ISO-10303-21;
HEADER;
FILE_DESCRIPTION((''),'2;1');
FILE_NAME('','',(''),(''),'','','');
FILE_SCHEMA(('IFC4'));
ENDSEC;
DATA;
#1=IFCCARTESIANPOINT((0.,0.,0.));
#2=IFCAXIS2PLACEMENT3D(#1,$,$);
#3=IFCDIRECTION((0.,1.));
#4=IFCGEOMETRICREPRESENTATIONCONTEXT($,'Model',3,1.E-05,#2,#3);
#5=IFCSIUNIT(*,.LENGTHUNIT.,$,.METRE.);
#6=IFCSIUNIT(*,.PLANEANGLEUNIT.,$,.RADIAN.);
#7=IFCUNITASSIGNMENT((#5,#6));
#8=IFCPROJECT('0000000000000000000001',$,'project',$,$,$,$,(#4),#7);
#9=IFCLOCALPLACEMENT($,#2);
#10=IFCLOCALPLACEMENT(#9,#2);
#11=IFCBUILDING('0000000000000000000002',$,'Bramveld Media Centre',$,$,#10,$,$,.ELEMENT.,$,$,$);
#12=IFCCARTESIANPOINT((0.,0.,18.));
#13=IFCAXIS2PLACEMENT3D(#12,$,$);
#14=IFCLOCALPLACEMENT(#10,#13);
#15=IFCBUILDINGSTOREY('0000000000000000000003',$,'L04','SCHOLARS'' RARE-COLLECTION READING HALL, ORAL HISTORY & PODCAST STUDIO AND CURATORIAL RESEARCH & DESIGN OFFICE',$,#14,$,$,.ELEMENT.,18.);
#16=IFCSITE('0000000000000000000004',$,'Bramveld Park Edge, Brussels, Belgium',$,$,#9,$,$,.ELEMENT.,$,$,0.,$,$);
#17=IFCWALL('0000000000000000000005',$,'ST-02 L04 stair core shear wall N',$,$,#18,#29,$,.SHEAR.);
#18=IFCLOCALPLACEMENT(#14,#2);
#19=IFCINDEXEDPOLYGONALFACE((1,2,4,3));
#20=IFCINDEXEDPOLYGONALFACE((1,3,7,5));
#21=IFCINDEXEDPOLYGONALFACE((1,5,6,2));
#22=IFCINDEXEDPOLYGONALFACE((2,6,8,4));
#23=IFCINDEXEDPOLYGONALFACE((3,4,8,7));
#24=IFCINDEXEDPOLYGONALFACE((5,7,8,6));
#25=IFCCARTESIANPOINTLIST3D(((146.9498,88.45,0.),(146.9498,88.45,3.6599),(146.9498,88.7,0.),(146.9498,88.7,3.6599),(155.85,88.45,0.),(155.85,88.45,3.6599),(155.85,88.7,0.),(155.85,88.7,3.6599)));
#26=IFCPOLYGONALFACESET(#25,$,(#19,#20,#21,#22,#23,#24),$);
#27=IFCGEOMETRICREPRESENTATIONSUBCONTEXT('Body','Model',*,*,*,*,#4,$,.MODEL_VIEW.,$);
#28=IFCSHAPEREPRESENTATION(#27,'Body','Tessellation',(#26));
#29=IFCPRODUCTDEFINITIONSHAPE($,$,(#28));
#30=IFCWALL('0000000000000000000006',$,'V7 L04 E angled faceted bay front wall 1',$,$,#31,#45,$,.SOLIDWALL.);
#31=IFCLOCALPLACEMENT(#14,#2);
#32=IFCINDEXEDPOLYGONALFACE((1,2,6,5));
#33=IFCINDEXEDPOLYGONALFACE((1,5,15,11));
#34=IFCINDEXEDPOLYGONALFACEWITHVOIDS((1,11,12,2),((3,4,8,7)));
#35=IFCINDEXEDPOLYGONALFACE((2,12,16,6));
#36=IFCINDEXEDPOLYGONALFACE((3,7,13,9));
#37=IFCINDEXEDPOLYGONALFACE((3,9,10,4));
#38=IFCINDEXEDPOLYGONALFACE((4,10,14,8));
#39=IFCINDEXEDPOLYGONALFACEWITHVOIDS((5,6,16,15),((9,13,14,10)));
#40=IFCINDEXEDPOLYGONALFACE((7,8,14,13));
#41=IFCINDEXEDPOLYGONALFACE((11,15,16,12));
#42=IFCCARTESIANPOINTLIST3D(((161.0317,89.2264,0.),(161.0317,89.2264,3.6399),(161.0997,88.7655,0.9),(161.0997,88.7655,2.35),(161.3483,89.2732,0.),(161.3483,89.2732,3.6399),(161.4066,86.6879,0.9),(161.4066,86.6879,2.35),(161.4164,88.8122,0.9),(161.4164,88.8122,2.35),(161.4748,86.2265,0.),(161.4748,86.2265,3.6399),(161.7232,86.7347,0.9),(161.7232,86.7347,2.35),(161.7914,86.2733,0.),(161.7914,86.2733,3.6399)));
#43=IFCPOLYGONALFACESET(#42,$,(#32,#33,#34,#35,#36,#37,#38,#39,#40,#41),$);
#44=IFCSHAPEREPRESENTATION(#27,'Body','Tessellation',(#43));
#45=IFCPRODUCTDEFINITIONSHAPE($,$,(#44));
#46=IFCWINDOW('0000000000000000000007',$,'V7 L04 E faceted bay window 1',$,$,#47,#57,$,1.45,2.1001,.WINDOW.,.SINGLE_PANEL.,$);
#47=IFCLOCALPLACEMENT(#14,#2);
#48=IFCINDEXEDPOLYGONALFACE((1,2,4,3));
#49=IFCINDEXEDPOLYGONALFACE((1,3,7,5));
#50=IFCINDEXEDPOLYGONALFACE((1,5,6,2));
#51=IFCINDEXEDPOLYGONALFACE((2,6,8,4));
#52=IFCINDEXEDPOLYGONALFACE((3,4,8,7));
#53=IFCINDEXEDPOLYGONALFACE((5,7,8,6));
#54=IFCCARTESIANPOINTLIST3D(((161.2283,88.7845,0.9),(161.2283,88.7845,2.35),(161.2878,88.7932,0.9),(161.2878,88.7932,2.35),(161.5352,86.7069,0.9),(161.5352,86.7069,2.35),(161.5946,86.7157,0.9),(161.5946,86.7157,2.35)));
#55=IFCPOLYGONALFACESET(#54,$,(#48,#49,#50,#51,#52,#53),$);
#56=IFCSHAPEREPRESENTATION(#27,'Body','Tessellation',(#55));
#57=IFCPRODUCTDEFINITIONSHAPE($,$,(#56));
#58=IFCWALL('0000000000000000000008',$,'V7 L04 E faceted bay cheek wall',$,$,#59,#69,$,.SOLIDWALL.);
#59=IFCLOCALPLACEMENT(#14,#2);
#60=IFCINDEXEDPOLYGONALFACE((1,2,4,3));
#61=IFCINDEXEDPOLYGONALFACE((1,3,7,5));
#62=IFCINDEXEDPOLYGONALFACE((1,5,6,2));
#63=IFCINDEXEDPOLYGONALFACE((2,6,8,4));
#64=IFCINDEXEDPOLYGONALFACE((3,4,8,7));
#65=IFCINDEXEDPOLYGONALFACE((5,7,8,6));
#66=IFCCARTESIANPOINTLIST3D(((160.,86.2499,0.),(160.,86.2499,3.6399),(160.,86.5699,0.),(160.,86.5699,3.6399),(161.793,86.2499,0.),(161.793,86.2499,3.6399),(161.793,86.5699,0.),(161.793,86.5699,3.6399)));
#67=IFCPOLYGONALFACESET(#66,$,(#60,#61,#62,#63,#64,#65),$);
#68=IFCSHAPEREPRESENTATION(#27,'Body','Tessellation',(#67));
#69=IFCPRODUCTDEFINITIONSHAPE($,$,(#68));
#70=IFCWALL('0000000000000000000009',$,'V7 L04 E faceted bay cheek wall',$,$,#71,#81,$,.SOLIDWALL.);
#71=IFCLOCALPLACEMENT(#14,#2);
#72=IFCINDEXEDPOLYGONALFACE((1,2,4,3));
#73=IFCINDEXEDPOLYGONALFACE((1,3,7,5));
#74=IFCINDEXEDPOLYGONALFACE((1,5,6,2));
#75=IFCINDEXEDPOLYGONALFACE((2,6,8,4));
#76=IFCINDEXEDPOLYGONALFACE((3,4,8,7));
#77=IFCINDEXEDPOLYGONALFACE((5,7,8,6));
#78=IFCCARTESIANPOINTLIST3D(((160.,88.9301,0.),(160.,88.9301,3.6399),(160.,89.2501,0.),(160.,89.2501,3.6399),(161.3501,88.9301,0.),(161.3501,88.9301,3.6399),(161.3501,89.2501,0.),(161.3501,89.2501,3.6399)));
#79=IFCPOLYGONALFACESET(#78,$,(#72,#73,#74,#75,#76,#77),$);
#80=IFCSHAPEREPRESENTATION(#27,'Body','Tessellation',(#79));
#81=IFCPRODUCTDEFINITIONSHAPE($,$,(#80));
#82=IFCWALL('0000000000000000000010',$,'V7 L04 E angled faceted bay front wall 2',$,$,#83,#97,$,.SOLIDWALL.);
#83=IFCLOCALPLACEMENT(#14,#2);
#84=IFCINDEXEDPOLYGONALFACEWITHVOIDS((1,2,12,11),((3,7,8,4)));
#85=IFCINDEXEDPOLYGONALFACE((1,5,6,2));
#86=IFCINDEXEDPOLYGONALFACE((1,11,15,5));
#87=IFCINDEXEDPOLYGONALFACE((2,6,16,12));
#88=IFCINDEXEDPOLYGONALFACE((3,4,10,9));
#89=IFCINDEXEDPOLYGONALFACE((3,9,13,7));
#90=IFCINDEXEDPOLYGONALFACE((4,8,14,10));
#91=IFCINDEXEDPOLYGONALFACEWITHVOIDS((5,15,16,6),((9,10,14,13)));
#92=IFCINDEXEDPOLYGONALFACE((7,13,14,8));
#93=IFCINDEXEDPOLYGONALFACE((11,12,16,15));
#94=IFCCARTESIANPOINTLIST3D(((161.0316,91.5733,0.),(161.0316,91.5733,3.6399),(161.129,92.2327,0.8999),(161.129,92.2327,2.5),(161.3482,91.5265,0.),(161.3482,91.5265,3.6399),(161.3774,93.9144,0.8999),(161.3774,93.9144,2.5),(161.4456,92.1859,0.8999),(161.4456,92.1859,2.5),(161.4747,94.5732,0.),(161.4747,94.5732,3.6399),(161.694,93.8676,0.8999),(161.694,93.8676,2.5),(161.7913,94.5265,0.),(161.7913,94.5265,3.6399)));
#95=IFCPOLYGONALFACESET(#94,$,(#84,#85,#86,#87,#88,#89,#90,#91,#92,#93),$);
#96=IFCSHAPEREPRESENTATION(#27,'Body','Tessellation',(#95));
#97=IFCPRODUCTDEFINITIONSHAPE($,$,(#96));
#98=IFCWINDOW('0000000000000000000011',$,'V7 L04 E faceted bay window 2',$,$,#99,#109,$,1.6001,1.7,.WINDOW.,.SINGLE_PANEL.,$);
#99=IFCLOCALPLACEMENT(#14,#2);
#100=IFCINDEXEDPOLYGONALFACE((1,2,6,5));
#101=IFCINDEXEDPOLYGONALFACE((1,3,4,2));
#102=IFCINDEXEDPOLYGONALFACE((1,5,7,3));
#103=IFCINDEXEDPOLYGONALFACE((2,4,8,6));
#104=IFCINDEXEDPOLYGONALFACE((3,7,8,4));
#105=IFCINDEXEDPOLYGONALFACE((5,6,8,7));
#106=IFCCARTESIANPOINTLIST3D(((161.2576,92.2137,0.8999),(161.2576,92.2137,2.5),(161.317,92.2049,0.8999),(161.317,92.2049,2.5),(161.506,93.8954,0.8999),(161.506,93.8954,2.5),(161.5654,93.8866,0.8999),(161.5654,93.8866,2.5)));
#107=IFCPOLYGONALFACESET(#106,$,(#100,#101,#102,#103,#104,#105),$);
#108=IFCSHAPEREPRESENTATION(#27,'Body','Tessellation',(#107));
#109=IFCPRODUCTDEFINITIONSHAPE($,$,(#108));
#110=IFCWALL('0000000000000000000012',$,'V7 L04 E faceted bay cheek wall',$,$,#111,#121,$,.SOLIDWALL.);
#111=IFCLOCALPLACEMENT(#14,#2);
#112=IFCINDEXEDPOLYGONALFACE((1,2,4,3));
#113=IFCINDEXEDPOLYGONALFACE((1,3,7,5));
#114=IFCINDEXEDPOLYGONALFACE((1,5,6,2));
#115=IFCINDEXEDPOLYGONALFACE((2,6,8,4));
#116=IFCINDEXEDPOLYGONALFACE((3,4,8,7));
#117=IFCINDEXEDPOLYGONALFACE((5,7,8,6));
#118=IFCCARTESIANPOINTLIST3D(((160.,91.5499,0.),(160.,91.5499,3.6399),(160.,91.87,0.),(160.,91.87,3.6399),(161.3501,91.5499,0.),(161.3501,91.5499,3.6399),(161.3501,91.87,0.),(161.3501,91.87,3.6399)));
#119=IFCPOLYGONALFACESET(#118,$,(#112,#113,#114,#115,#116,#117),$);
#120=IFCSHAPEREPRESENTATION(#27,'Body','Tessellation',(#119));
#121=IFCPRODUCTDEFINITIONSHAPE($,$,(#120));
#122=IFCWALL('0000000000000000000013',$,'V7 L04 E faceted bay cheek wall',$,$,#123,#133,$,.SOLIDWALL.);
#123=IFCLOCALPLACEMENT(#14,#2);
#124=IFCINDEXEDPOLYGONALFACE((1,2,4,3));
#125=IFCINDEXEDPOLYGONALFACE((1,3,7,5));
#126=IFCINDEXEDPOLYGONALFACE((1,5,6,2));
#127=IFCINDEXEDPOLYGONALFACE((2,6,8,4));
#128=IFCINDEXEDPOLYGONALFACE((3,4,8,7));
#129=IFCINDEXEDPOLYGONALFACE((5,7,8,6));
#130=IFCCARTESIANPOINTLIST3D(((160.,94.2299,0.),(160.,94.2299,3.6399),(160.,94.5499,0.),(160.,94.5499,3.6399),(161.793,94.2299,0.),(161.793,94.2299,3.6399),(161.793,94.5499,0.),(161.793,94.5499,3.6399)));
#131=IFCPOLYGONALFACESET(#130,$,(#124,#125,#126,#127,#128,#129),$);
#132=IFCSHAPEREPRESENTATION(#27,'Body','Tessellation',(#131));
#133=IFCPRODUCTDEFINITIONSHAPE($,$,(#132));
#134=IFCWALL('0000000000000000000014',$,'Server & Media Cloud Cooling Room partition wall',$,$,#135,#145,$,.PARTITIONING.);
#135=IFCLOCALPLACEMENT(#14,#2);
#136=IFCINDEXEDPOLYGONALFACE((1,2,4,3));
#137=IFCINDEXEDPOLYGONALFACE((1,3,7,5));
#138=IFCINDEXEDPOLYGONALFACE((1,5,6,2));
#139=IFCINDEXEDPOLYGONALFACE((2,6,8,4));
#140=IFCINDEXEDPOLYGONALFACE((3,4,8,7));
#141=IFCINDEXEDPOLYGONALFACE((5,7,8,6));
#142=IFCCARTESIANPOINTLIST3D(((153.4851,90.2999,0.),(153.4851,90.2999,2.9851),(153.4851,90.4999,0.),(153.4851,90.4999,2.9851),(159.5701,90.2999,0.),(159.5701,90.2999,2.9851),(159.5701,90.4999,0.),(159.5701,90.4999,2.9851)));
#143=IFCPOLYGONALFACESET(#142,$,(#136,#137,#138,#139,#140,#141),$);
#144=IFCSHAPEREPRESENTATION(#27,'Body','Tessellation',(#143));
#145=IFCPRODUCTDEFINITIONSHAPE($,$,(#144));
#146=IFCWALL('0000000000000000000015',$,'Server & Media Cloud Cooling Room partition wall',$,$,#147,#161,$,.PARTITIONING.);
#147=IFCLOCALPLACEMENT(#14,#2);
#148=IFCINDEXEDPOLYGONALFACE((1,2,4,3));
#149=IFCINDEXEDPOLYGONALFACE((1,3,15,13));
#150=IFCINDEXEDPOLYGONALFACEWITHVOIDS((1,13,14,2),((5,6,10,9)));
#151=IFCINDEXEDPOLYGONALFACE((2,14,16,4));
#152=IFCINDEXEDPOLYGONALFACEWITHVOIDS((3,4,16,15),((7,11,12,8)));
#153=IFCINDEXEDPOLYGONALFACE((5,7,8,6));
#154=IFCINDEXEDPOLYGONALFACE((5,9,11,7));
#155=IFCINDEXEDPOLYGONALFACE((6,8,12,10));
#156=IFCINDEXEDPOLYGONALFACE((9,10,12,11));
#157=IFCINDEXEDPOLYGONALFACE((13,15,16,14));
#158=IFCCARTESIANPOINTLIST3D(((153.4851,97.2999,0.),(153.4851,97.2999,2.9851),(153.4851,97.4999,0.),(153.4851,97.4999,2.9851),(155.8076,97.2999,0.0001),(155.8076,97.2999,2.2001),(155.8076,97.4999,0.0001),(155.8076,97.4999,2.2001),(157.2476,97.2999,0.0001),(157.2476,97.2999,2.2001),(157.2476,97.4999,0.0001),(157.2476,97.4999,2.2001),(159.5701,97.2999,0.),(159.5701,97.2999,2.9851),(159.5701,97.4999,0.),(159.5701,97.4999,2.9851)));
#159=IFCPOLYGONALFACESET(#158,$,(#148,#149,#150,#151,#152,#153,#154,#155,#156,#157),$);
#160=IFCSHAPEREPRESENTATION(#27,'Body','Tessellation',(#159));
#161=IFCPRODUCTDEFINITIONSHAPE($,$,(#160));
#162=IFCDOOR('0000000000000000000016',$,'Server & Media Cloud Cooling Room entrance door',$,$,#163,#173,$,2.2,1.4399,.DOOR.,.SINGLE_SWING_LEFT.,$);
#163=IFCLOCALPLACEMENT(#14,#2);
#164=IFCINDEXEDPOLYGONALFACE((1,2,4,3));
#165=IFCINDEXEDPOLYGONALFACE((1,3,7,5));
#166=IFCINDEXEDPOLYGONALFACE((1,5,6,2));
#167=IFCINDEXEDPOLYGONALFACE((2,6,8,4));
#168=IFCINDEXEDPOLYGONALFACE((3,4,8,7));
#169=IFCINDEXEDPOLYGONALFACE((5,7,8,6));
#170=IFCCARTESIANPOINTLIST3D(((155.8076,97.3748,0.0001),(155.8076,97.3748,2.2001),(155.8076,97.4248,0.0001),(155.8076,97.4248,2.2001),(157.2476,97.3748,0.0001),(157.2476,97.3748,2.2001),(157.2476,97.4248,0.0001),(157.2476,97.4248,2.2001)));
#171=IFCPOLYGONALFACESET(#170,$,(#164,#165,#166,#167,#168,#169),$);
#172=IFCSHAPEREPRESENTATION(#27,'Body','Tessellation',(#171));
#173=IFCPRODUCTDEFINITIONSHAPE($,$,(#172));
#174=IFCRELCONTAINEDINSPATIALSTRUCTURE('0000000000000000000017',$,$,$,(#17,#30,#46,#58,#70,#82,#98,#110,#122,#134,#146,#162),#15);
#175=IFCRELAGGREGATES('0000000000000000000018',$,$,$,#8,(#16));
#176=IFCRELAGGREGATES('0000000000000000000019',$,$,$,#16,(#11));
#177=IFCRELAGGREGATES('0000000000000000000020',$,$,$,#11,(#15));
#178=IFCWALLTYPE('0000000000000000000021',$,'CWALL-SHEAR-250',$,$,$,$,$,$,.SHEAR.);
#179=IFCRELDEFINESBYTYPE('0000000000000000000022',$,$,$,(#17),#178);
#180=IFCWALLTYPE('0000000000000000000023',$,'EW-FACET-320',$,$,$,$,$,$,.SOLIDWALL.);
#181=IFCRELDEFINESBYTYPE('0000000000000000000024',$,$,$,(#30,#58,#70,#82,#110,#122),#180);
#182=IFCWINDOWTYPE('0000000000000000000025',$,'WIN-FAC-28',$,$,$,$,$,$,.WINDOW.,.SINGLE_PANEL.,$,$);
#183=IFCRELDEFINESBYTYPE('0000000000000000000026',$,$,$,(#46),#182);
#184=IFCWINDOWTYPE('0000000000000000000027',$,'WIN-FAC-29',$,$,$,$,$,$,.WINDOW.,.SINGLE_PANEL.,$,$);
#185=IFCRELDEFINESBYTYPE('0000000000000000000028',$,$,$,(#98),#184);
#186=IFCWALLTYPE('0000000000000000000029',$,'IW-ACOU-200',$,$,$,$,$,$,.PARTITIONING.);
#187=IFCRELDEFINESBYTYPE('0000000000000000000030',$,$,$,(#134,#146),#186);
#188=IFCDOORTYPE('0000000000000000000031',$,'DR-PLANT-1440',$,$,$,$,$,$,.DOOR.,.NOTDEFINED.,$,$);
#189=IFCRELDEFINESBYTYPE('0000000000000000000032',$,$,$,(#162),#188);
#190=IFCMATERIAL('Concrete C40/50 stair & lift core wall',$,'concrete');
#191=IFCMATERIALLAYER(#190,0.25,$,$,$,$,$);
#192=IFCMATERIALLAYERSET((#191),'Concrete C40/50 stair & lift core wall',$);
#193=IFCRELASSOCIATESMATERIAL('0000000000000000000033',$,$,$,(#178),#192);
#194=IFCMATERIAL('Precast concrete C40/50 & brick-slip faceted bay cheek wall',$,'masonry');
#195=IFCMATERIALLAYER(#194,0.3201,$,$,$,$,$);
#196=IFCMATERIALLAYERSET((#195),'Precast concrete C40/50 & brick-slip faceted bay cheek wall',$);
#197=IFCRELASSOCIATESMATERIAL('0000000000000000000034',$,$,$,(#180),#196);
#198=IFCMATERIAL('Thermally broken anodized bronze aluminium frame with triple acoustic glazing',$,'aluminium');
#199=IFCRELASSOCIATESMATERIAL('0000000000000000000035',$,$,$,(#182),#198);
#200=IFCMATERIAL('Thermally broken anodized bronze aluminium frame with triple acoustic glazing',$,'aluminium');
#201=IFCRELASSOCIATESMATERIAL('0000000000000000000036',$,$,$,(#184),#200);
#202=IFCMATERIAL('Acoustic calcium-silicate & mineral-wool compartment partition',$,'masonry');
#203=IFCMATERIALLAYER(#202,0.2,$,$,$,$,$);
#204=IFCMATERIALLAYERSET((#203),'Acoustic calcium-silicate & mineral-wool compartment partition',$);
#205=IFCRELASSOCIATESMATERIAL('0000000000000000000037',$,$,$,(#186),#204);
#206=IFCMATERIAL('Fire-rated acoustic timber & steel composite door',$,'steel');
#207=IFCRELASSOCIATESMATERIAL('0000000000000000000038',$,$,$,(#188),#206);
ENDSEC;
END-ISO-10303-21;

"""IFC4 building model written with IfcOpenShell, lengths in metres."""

from ifc_helpers import new_model, si_unit, direction, frame, frame_2d, origin, place, context, subcontext, project, spatial, rectangle, extrude, material, layer, layer_set, type_object, element, fill, save


model = new_model("IFC4")

# Units and contexts
model_context = context("Model", 3, precision=1e-05, world=origin(), true_north=direction((0.0, 1.0)))
body_context = subcontext(model_context, "Body", "Model", "MODEL_VIEW")
ifc_project = project(units=[si_unit("LENGTHUNIT", "METRE"), si_unit("PLANEANGLEUNIT", "RADIAN")], contexts=[model_context])

# Site, building, storey
site_placement = place(None, origin())
site = spatial("IfcSite", under=ifc_project, at=site_placement, Name="Bramveld Park Edge, Brussels, Belgium", CompositionType="ELEMENT", RefElevation=0.0)
building_placement = place(site_placement, origin())
building = spatial("IfcBuilding", under=site, at=building_placement, Name="Bramveld Media Centre", CompositionType="ELEMENT")
storey_placement = place(building_placement, frame((0.0, 0.0, 18.0)))
storey = spatial("IfcBuildingStorey", under=building, at=storey_placement, Name="L04", Description="SCHOLARS' RARE-COLLECTION READING HALL, ORAL HISTORY & PODCAST STUDIO AND CURATORIAL RESEARCH & DESIGN OFFICE", CompositionType="ELEMENT", Elevation=18.0)

# Wall
ifc_material_1 = material(Name="Concrete C40/50 stair & lift core wall", Category="concrete")
ifc_layer_1 = layer(ifc_material_1, 0.25)
ifc_layer_set_1 = layer_set([ifc_layer_1], Name="Concrete C40/50 stair & lift core wall")
wall_type_1 = type_object("IfcWallType", Name="CWALL-SHEAR-250", PredefinedType="SHEAR", material=ifc_layer_set_1)
wall_1_placement = place(storey_placement, frame((155.8501, 88.575, 0.0), z_axis=(0.0, 0.0, 1.0), x_axis=(-1.0, 0.0, 0.0)))
element("IfcWall", 1, at=wall_1_placement, inside=storey, type_object=wall_type_1, Name="ST-02 L04 stair core shear wall N", PredefinedType="SHEAR", context=body_context, shape_type="SweptSolid", body=[
    extrude(rectangle(XDim=8.9001, YDim=0.25, at=frame_2d((4.4502, 0.0))), origin(), (0.0, 0.0, 1.0), 3.6599),
])

# Wall, opening, window
ifc_material_2 = material(Name="Precast concrete C40/50 & brick-slip faceted bay cheek wall", Category="masonry")
ifc_layer_2 = layer(ifc_material_2, 0.3201)
ifc_layer_set_2 = layer_set([ifc_layer_2], Name="Precast concrete C40/50 & brick-slip faceted bay cheek wall")
wall_type_2 = type_object("IfcWallType", Name="EW-FACET-320", PredefinedType="SOLIDWALL", material=ifc_layer_set_2)
wall_2_placement = place(storey_placement, frame((161.6331, 86.25, 0.0), z_axis=(0.0, 0.0, 1.0), x_axis=(-0.14612, 0.989267, 0.0)))
wall_2 = element("IfcWall", 2, at=wall_2_placement, inside=storey, type_object=wall_type_2, Name="V7 L04 E angled faceted bay front wall 1", PredefinedType="SOLIDWALL", context=body_context, shape_type="SweptSolid", body=[
    extrude(rectangle(XDim=3.0325, YDim=0.3201, at=frame_2d((1.5161, 0.0))), origin(), (0.0, 0.0, 1.0), 3.6399),
])
opening_1_placement = place(wall_2_placement, frame((0.4663, 0.0, 0.8999)))
opening_1 = element("IfcOpeningElement", 3, at=opening_1_placement, cuts=wall_2, PredefinedType="OPENING", context=body_context, shape_type="SweptSolid", body=[
    extrude(rectangle(XDim=2.1001, YDim=1.45, at=frame_2d((1.05, 0.7251))), frame((0.0, 0.1719, 0.0), z_axis=(0.0, -1.0, 0.0), x_axis=(1.0, 0.0, 0.0)), (0.0, 0.0, 1.0), 0.344),
])
ifc_material_3 = material(Name="Thermally broken anodized bronze aluminium frame with triple acoustic glazing", Category="aluminium")
window_type_1 = type_object("IfcWindowType", Name="WIN-FAC-28", PartitioningType="SINGLE_PANEL", PredefinedType="WINDOW", material=ifc_material_3)
window_1_placement = place(opening_1_placement, origin())
window_1 = element("IfcWindow", 4, at=window_1_placement, inside=storey, type_object=window_type_1, Name="V7 L04 E faceted bay window 1", OverallHeight=1.45, OverallWidth=2.1001, PartitioningType="SINGLE_PANEL", PredefinedType="WINDOW", context=body_context, shape_type="SweptSolid", body=[
    extrude(rectangle(XDim=2.1001, YDim=1.45, at=frame_2d((1.05, 0.7251))), frame((0.0, 0.03, 0.0), z_axis=(0.0, -1.0, 0.0), x_axis=(1.0, 0.0, 0.0)), (0.0, 0.0, 1.0), 0.0601),
])
fill(opening_1, window_1)

# Walls
wall_3_placement = place(storey_placement, frame((160.0, 86.4099, 0.0), z_axis=(0.0, 0.0, 1.0), x_axis=(1.0, 0.0, 0.0)))
element("IfcWall", 5, at=wall_3_placement, inside=storey, type_object=wall_type_2, Name="V7 L04 E faceted bay cheek wall", PredefinedType="SOLIDWALL", context=body_context, shape_type="SweptSolid", body=[
    extrude(rectangle(XDim=1.793, YDim=0.3201, at=frame_2d((0.8965, 0.0))), origin(), (0.0, 0.0, 1.0), 3.6399),
])
wall_4_placement = place(storey_placement, frame((160.0, 89.0901, 0.0), z_axis=(0.0, 0.0, 1.0), x_axis=(1.0, 0.0, 0.0)))
element("IfcWall", 6, at=wall_4_placement, inside=storey, type_object=wall_type_2, Name="V7 L04 E faceted bay cheek wall", PredefinedType="SOLIDWALL", context=body_context, shape_type="SweptSolid", body=[
    extrude(rectangle(XDim=1.3501, YDim=0.3201, at=frame_2d((0.675, 0.0))), origin(), (0.0, 0.0, 1.0), 3.6399),
])

# Wall, opening, window
wall_5_placement = place(storey_placement, frame((161.1899, 91.55, 0.0), z_axis=(0.0, 0.0, 1.0), x_axis=(0.14612, 0.989267, 0.0)))
wall_5 = element("IfcWall", 7, at=wall_5_placement, inside=storey, type_object=wall_type_2, Name="V7 L04 E angled faceted bay front wall 2", PredefinedType="SOLIDWALL", context=body_context, shape_type="SweptSolid", body=[
    extrude(rectangle(XDim=3.0325, YDim=0.3201, at=frame_2d((1.5161, 0.0))), origin(), (0.0, 0.0, 1.0), 3.6399),
])
opening_2_placement = place(wall_5_placement, frame((0.6663, 0.0, 0.8999)))
opening_2 = element("IfcOpeningElement", 8, at=opening_2_placement, cuts=wall_5, PredefinedType="OPENING", context=body_context, shape_type="SweptSolid", body=[
    extrude(rectangle(XDim=1.7, YDim=1.6001, at=frame_2d((0.8501, 0.8))), frame((0.0, 0.1719, 0.0), z_axis=(0.0, -1.0, 0.0), x_axis=(1.0, 0.0, 0.0)), (0.0, 0.0, 1.0), 0.344),
])
ifc_material_4 = material(Name="Thermally broken anodized bronze aluminium frame with triple acoustic glazing", Category="aluminium")
window_type_2 = type_object("IfcWindowType", Name="WIN-FAC-29", PartitioningType="SINGLE_PANEL", PredefinedType="WINDOW", material=ifc_material_4)
window_2_placement = place(opening_2_placement, origin())
window_2 = element("IfcWindow", 9, at=window_2_placement, inside=storey, type_object=window_type_2, Name="V7 L04 E faceted bay window 2", OverallHeight=1.6001, OverallWidth=1.7, PartitioningType="SINGLE_PANEL", PredefinedType="WINDOW", context=body_context, shape_type="SweptSolid", body=[
    extrude(rectangle(XDim=1.7, YDim=1.6001, at=frame_2d((0.8501, 0.8))), frame((0.0, 0.03, 0.0), z_axis=(0.0, -1.0, 0.0), x_axis=(1.0, 0.0, 0.0)), (0.0, 0.0, 1.0), 0.0601),
])
fill(opening_2, window_2)

# Walls
wall_6_placement = place(storey_placement, frame((160.0, 91.71, 0.0), z_axis=(0.0, 0.0, 1.0), x_axis=(1.0, 0.0, 0.0)))
element("IfcWall", 10, at=wall_6_placement, inside=storey, type_object=wall_type_2, Name="V7 L04 E faceted bay cheek wall", PredefinedType="SOLIDWALL", context=body_context, shape_type="SweptSolid", body=[
    extrude(rectangle(XDim=1.3501, YDim=0.3201, at=frame_2d((0.675, 0.0))), origin(), (0.0, 0.0, 1.0), 3.6399),
])
wall_7_placement = place(storey_placement, frame((160.0, 94.3899, 0.0), z_axis=(0.0, 0.0, 1.0), x_axis=(1.0, 0.0, 0.0)))
element("IfcWall", 11, at=wall_7_placement, inside=storey, type_object=wall_type_2, Name="V7 L04 E faceted bay cheek wall", PredefinedType="SOLIDWALL", context=body_context, shape_type="SweptSolid", body=[
    extrude(rectangle(XDim=1.793, YDim=0.3201, at=frame_2d((0.8965, 0.0))), origin(), (0.0, 0.0, 1.0), 3.6399),
])
ifc_material_5 = material(Name="Acoustic calcium-silicate & mineral-wool compartment partition", Category="masonry")
ifc_layer_3 = layer(ifc_material_5, 0.2)
ifc_layer_set_3 = layer_set([ifc_layer_3], Name="Acoustic calcium-silicate & mineral-wool compartment partition")
wall_type_3 = type_object("IfcWallType", Name="IW-ACOU-200", PredefinedType="PARTITIONING", material=ifc_layer_set_3)
wall_8_placement = place(storey_placement, frame((153.4851, 90.3999, 0.0), z_axis=(0.0, 0.0, 1.0), x_axis=(1.0, 0.0, 0.0)))
element("IfcWall", 12, at=wall_8_placement, inside=storey, type_object=wall_type_3, Name="Server & Media Cloud Cooling Room partition wall", PredefinedType="PARTITIONING", context=body_context, shape_type="SweptSolid", body=[
    extrude(rectangle(XDim=6.085, YDim=0.2, at=frame_2d((3.0425, 0.0))), origin(), (0.0, 0.0, 1.0), 2.9851),
])

# Wall, opening, door
wall_9_placement = place(storey_placement, frame((153.4851, 97.3999, 0.0), z_axis=(0.0, 0.0, 1.0), x_axis=(1.0, 0.0, 0.0)))
wall_9 = element("IfcWall", 13, at=wall_9_placement, inside=storey, type_object=wall_type_3, Name="Server & Media Cloud Cooling Room partition wall", PredefinedType="PARTITIONING", context=body_context, shape_type="SweptSolid", body=[
    extrude(rectangle(XDim=6.085, YDim=0.2, at=frame_2d((3.0425, 0.0))), origin(), (0.0, 0.0, 1.0), 2.9851),
])
opening_3_placement = place(wall_9_placement, frame((2.3225, 0.0, 0.0)))
opening_3 = element("IfcOpeningElement", 14, at=opening_3_placement, cuts=wall_9, PredefinedType="OPENING", context=body_context, shape_type="SweptSolid", body=[
    extrude(rectangle(XDim=1.4399, YDim=2.2, at=frame_2d((0.72, 1.1001))), frame((0.0, 0.1118, 0.0), z_axis=(0.0, -1.0, 0.0), x_axis=(1.0, 0.0, 0.0)), (0.0, 0.0, 1.0), 0.2239),
])
ifc_material_6 = material(Name="Fire-rated acoustic timber & steel composite door", Category="steel")
door_type_1 = type_object("IfcDoorType", Name="DR-PLANT-1440", OperationType="NOTDEFINED", PredefinedType="DOOR", material=ifc_material_6)
door_1_placement = place(opening_3_placement, origin())
door_1 = element("IfcDoor", 15, at=door_1_placement, inside=storey, type_object=door_type_1, Name="Server & Media Cloud Cooling Room entrance door", OperationType="SINGLE_SWING_LEFT", OverallHeight=2.2, OverallWidth=1.4399, PredefinedType="DOOR", context=body_context, shape_type="SweptSolid", body=[
    extrude(rectangle(XDim=1.4399, YDim=2.2, at=frame_2d((0.72, 1.1001))), frame((0.0, 0.0249, 0.0), z_axis=(0.0, -1.0, 0.0), x_axis=(1.0, 0.0, 0.0)), (0.0, 0.0, 1.0), 0.05),
])
fill(opening_3, door_1)

save(model, "model.ifc")
